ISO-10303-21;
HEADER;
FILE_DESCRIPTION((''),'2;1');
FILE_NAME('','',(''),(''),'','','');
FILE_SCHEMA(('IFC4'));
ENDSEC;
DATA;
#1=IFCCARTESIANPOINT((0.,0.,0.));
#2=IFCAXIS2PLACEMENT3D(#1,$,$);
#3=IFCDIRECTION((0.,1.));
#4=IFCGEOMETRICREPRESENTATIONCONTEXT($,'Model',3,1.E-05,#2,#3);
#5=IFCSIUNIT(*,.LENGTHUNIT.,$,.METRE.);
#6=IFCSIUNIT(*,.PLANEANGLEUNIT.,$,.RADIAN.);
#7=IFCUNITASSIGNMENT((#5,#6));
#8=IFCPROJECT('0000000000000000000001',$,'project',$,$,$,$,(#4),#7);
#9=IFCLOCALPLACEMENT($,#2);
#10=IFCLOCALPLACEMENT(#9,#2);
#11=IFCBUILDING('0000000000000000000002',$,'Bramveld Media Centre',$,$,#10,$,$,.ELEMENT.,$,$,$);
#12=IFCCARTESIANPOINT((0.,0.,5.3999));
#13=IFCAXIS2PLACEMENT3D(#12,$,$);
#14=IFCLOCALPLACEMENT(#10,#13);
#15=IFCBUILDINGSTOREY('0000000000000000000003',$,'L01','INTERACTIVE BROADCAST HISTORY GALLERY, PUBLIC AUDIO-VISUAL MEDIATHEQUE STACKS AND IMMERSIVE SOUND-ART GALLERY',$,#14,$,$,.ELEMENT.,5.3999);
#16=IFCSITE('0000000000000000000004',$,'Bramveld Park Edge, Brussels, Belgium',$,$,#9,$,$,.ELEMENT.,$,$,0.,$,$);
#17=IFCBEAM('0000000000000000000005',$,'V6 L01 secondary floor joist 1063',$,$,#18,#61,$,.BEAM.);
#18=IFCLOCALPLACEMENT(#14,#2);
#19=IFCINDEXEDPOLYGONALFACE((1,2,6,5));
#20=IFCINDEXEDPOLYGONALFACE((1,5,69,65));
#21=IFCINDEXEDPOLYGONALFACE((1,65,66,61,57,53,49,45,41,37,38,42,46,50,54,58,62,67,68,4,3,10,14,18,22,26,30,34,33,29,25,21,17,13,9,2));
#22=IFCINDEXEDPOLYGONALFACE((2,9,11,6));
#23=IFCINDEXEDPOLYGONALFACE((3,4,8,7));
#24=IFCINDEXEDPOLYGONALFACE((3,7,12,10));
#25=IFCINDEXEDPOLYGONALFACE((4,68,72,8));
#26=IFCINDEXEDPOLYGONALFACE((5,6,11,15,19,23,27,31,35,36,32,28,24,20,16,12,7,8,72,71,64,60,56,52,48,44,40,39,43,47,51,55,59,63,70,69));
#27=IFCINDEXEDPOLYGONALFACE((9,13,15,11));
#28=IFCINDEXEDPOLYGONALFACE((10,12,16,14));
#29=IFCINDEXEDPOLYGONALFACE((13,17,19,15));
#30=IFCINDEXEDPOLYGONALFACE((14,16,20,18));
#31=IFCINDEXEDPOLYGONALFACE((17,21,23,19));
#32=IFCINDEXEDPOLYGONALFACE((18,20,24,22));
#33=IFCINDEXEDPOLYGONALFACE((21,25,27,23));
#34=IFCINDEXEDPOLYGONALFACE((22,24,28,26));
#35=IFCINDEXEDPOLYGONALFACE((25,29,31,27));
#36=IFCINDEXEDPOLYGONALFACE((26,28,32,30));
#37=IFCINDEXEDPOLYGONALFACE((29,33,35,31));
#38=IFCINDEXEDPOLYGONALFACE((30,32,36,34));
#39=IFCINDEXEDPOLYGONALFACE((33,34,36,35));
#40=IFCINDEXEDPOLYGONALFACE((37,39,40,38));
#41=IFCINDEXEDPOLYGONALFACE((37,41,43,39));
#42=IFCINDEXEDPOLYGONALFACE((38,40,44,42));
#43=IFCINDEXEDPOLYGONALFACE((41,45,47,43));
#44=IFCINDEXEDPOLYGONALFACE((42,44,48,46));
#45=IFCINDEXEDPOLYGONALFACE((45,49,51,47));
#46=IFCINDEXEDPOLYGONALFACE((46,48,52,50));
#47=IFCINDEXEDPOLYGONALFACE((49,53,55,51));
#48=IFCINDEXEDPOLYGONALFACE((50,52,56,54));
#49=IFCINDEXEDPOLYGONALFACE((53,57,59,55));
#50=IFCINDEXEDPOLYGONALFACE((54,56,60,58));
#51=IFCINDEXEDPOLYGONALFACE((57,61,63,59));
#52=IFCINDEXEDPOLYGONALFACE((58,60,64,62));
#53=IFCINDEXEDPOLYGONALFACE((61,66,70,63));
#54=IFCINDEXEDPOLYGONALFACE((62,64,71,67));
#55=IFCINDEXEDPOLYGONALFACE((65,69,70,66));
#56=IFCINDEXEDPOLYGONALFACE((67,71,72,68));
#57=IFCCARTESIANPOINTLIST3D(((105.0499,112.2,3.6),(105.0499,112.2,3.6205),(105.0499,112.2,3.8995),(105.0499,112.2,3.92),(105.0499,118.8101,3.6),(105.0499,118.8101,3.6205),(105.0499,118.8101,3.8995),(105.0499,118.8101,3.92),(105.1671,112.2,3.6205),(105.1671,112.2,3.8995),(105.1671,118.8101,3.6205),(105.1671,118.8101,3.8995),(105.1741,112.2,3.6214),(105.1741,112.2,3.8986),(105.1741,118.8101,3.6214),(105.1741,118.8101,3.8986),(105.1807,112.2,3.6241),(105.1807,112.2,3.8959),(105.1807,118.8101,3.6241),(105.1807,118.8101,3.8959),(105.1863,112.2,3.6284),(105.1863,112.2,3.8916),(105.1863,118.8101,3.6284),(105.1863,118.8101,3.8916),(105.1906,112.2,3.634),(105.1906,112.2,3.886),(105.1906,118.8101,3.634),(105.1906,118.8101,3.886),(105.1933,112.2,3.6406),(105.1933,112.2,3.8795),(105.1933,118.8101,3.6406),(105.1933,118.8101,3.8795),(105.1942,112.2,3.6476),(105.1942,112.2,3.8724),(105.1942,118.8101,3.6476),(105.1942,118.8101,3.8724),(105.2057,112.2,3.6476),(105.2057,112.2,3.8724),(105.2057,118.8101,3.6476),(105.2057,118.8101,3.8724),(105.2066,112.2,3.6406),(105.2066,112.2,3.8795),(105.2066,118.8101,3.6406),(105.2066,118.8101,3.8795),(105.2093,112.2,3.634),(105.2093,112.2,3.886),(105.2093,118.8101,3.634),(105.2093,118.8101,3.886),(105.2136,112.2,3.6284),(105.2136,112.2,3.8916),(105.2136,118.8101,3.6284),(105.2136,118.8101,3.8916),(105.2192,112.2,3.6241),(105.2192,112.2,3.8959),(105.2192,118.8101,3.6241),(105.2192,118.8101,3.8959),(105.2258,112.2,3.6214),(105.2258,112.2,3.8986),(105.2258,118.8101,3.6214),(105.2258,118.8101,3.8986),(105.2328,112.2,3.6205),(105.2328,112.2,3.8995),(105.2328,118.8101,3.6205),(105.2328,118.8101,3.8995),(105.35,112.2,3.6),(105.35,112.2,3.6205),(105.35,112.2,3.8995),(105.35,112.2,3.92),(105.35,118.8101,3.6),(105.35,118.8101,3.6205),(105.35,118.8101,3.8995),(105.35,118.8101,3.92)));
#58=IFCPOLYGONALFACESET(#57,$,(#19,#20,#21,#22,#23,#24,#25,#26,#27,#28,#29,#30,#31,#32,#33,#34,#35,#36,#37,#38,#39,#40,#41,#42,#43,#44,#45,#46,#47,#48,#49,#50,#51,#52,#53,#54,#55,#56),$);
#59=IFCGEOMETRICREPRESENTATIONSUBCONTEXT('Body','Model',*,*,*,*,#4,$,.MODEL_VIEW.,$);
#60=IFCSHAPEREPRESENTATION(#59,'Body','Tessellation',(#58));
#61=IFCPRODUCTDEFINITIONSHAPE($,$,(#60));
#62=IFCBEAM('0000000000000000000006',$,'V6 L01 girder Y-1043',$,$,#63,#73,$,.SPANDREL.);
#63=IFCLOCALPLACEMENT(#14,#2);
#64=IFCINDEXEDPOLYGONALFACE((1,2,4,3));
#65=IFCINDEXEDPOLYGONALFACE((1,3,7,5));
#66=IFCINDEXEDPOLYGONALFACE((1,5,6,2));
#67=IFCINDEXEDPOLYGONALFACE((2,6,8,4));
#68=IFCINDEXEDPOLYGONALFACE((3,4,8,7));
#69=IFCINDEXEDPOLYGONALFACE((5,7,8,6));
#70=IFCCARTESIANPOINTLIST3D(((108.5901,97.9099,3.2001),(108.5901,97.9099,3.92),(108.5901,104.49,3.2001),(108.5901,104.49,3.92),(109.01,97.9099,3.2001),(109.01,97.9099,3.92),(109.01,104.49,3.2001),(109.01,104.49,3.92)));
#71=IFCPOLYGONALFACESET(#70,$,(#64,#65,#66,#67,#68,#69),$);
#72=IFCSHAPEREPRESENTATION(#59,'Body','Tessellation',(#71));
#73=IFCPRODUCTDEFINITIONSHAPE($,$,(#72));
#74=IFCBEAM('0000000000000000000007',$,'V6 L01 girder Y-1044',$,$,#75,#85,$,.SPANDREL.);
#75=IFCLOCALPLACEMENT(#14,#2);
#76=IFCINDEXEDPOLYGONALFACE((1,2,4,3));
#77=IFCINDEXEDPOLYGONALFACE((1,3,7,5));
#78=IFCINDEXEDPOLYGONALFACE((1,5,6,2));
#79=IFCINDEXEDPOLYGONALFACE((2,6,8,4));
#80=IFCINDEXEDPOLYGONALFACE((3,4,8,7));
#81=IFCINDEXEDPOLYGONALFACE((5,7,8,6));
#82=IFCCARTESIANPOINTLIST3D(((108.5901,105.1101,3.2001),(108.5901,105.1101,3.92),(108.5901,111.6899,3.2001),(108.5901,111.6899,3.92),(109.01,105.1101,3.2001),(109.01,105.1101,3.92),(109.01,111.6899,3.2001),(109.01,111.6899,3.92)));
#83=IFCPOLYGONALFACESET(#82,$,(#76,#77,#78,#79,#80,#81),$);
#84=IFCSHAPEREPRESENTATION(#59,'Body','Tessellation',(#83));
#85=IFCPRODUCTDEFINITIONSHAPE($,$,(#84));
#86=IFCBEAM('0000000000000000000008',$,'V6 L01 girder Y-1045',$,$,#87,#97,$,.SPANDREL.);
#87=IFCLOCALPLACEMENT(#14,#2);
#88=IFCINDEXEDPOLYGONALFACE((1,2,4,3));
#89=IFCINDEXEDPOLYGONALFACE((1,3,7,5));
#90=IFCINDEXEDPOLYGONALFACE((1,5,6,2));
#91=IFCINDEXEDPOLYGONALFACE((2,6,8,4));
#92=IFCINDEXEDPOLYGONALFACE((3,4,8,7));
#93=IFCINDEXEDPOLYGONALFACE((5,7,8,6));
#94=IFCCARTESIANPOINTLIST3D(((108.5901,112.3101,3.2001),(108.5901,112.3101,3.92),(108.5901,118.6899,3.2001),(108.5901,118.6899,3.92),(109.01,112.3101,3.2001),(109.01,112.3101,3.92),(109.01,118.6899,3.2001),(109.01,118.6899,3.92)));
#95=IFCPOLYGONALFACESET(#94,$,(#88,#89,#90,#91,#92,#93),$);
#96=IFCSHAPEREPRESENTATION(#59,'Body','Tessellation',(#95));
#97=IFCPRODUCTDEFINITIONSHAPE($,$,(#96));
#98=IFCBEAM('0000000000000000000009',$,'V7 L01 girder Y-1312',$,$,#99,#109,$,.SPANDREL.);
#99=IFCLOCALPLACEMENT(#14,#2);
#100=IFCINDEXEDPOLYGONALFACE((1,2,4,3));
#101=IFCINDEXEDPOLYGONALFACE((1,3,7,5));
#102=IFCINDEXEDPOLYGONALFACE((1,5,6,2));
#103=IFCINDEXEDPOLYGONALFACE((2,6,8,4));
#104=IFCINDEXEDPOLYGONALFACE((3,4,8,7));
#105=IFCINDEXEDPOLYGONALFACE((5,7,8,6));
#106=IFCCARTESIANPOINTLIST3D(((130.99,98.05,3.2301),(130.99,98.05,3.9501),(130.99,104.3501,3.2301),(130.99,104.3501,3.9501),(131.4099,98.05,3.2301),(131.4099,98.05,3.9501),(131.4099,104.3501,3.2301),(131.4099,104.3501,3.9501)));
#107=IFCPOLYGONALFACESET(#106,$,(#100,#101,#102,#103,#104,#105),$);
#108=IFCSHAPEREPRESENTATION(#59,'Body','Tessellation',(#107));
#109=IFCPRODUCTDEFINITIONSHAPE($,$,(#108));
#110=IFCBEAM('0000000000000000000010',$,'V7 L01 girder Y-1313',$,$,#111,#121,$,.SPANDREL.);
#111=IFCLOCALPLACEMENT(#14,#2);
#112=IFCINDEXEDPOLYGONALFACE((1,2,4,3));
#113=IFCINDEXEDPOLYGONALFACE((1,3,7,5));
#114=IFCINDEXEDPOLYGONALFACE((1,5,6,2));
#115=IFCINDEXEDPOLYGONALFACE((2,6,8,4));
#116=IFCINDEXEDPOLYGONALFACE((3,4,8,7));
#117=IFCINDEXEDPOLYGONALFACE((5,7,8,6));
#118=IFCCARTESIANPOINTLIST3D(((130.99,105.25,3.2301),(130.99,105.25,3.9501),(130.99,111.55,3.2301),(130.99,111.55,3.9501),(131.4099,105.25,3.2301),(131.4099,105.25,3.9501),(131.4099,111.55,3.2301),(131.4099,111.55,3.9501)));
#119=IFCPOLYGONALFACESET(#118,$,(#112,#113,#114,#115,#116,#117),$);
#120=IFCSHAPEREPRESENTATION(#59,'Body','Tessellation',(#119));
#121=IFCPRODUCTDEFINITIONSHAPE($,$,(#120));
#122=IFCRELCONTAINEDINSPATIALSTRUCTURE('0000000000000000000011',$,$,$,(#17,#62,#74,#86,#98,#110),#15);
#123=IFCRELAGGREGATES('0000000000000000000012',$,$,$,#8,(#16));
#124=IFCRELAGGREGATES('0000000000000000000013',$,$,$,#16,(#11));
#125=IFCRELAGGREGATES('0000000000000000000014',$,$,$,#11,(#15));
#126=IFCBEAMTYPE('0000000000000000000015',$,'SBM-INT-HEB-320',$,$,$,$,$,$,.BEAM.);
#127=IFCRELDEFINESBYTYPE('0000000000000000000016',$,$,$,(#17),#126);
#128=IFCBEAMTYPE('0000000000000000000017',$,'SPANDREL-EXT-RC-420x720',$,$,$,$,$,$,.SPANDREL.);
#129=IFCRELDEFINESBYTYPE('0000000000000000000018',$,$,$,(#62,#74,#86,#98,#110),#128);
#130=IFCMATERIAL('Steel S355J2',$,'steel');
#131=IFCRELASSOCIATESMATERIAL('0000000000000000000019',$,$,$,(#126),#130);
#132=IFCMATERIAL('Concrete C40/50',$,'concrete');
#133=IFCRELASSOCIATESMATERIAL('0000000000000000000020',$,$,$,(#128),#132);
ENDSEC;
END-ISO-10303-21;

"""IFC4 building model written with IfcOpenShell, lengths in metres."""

from ifc_helpers import new_model, si_unit, direction, frame, origin, origin_2d, place, context, subcontext, project, spatial, rectangle, i_section, extrude, material, material_profile, profile_set, type_object, element, save


model = new_model("IFC4")

# Units and contexts
model_context = context("Model", 3, precision=1e-05, world=origin(), true_north=direction((0.0, 1.0)))
body_context = subcontext(model_context, "Body", "Model", "MODEL_VIEW")
ifc_project = project(units=[si_unit("LENGTHUNIT", "METRE"), si_unit("PLANEANGLEUNIT", "RADIAN")], contexts=[model_context])

# Site, building, storey
site_placement = place(None, origin())
site = spatial("IfcSite", under=ifc_project, at=site_placement, Name="Bramveld Park Edge, Brussels, Belgium", CompositionType="ELEMENT", RefElevation=0.0)
building_placement = place(site_placement, origin())
building = spatial("IfcBuilding", under=site, at=building_placement, Name="Bramveld Media Centre", CompositionType="ELEMENT")
storey_placement = place(building_placement, frame((0.0, 0.0, 5.3999)))
storey = spatial("IfcBuildingStorey", under=building, at=storey_placement, Name="L01", Description="INTERACTIVE BROADCAST HISTORY GALLERY, PUBLIC AUDIO-VISUAL MEDIATHEQUE STACKS AND IMMERSIVE SOUND-ART GALLERY", CompositionType="ELEMENT", Elevation=5.3999)

# Beams
ifc_material_1 = material(Name="Steel S355J2", Category="steel")
ifc_material_profile_1 = material_profile(ifc_material_1, i_section(OverallWidth=0.3, OverallDepth=0.3201, WebThickness=0.0115, FlangeThickness=0.0205, FilletRadius=0.0271, at=origin_2d()), Name="HEB 320")
ifc_profile_set_1 = profile_set([ifc_material_profile_1], Name="Steel S355J2")
beam_type_1 = type_object("IfcBeamType", Name="SBM-INT-HEB-320", PredefinedType="BEAM", material=ifc_profile_set_1)
beam_1_placement = place(storey_placement, frame((105.2, 112.2, 3.76), z_axis=(0.0, 1.0, 0.0), x_axis=(-1.0, 0.0, 0.0)))
element("IfcBeam", 1, at=beam_1_placement, inside=storey, type_object=beam_type_1, Name="V6 L01 secondary floor joist 1063", PredefinedType="BEAM", context=body_context, shape_type="SweptSolid", body=[
    extrude(i_section(OverallWidth=0.3, OverallDepth=0.3201, WebThickness=0.0115, FlangeThickness=0.0205, FilletRadius=0.0271, at=origin_2d()), origin(), (0.0, 0.0, 1.0), 6.6101),
])
ifc_material_2 = material(Name="Concrete C40/50", Category="concrete")
ifc_material_profile_2 = material_profile(ifc_material_2, rectangle(XDim=0.4199, YDim=0.72, at=origin_2d()), Name="RC 420x720")
ifc_profile_set_2 = profile_set([ifc_material_profile_2], Name="Concrete C40/50")
beam_type_2 = type_object("IfcBeamType", Name="SPANDREL-EXT-RC-420x720", PredefinedType="SPANDREL", material=ifc_profile_set_2)
beam_2_placement = place(storey_placement, frame((108.8, 97.9099, 3.5601), z_axis=(0.0, 1.0, 0.0), x_axis=(-1.0, 0.0, 0.0)))
element("IfcBeam", 2, at=beam_2_placement, inside=storey, type_object=beam_type_2, Name="V6 L01 girder Y-1043", PredefinedType="SPANDREL", context=body_context, shape_type="SweptSolid", body=[
    extrude(rectangle(XDim=0.4199, YDim=0.72, at=origin_2d()), origin(), (0.0, 0.0, 1.0), 6.5801),
])
beam_3_placement = place(storey_placement, frame((108.8, 105.1101, 3.5601), z_axis=(0.0, 1.0, 0.0), x_axis=(-1.0, 0.0, 0.0)))
element("IfcBeam", 3, at=beam_3_placement, inside=storey, type_object=beam_type_2, Name="V6 L01 girder Y-1044", PredefinedType="SPANDREL", context=body_context, shape_type="SweptSolid", body=[
    extrude(rectangle(XDim=0.4199, YDim=0.72, at=origin_2d()), origin(), (0.0, 0.0, 1.0), 6.5798),
])
beam_4_placement = place(storey_placement, frame((108.8, 112.3101, 3.5601), z_axis=(0.0, 1.0, 0.0), x_axis=(-1.0, 0.0, 0.0)))
element("IfcBeam", 4, at=beam_4_placement, inside=storey, type_object=beam_type_2, Name="V6 L01 girder Y-1045", PredefinedType="SPANDREL", context=body_context, shape_type="SweptSolid", body=[
    extrude(rectangle(XDim=0.4199, YDim=0.72, at=origin_2d()), origin(), (0.0, 0.0, 1.0), 6.3799),
])
for number, where, z_axis, x_axis, name in (
    (5, (131.2, 98.05, 3.5901), (0.0, 1.0, 0.0), (-1.0, 0.0, 0.0), "V7 L01 girder Y-1312"),
    (6, (131.2, 105.25, 3.5901), (0.0, 1.0, 0.0), (-1.0, 0.0, 0.0), "V7 L01 girder Y-1313"),
):
    element("IfcBeam", number, at=place(storey_placement, frame(where, z_axis=z_axis, x_axis=x_axis)), inside=storey, type_object=beam_type_2, Name=name, PredefinedType="SPANDREL", context=body_context, shape_type="SweptSolid", body=[
        extrude(rectangle(XDim=0.4199, YDim=0.72, at=origin_2d()), origin(), (0.0, 0.0, 1.0), 6.3),
    ])

save(model, "model.ifc")
